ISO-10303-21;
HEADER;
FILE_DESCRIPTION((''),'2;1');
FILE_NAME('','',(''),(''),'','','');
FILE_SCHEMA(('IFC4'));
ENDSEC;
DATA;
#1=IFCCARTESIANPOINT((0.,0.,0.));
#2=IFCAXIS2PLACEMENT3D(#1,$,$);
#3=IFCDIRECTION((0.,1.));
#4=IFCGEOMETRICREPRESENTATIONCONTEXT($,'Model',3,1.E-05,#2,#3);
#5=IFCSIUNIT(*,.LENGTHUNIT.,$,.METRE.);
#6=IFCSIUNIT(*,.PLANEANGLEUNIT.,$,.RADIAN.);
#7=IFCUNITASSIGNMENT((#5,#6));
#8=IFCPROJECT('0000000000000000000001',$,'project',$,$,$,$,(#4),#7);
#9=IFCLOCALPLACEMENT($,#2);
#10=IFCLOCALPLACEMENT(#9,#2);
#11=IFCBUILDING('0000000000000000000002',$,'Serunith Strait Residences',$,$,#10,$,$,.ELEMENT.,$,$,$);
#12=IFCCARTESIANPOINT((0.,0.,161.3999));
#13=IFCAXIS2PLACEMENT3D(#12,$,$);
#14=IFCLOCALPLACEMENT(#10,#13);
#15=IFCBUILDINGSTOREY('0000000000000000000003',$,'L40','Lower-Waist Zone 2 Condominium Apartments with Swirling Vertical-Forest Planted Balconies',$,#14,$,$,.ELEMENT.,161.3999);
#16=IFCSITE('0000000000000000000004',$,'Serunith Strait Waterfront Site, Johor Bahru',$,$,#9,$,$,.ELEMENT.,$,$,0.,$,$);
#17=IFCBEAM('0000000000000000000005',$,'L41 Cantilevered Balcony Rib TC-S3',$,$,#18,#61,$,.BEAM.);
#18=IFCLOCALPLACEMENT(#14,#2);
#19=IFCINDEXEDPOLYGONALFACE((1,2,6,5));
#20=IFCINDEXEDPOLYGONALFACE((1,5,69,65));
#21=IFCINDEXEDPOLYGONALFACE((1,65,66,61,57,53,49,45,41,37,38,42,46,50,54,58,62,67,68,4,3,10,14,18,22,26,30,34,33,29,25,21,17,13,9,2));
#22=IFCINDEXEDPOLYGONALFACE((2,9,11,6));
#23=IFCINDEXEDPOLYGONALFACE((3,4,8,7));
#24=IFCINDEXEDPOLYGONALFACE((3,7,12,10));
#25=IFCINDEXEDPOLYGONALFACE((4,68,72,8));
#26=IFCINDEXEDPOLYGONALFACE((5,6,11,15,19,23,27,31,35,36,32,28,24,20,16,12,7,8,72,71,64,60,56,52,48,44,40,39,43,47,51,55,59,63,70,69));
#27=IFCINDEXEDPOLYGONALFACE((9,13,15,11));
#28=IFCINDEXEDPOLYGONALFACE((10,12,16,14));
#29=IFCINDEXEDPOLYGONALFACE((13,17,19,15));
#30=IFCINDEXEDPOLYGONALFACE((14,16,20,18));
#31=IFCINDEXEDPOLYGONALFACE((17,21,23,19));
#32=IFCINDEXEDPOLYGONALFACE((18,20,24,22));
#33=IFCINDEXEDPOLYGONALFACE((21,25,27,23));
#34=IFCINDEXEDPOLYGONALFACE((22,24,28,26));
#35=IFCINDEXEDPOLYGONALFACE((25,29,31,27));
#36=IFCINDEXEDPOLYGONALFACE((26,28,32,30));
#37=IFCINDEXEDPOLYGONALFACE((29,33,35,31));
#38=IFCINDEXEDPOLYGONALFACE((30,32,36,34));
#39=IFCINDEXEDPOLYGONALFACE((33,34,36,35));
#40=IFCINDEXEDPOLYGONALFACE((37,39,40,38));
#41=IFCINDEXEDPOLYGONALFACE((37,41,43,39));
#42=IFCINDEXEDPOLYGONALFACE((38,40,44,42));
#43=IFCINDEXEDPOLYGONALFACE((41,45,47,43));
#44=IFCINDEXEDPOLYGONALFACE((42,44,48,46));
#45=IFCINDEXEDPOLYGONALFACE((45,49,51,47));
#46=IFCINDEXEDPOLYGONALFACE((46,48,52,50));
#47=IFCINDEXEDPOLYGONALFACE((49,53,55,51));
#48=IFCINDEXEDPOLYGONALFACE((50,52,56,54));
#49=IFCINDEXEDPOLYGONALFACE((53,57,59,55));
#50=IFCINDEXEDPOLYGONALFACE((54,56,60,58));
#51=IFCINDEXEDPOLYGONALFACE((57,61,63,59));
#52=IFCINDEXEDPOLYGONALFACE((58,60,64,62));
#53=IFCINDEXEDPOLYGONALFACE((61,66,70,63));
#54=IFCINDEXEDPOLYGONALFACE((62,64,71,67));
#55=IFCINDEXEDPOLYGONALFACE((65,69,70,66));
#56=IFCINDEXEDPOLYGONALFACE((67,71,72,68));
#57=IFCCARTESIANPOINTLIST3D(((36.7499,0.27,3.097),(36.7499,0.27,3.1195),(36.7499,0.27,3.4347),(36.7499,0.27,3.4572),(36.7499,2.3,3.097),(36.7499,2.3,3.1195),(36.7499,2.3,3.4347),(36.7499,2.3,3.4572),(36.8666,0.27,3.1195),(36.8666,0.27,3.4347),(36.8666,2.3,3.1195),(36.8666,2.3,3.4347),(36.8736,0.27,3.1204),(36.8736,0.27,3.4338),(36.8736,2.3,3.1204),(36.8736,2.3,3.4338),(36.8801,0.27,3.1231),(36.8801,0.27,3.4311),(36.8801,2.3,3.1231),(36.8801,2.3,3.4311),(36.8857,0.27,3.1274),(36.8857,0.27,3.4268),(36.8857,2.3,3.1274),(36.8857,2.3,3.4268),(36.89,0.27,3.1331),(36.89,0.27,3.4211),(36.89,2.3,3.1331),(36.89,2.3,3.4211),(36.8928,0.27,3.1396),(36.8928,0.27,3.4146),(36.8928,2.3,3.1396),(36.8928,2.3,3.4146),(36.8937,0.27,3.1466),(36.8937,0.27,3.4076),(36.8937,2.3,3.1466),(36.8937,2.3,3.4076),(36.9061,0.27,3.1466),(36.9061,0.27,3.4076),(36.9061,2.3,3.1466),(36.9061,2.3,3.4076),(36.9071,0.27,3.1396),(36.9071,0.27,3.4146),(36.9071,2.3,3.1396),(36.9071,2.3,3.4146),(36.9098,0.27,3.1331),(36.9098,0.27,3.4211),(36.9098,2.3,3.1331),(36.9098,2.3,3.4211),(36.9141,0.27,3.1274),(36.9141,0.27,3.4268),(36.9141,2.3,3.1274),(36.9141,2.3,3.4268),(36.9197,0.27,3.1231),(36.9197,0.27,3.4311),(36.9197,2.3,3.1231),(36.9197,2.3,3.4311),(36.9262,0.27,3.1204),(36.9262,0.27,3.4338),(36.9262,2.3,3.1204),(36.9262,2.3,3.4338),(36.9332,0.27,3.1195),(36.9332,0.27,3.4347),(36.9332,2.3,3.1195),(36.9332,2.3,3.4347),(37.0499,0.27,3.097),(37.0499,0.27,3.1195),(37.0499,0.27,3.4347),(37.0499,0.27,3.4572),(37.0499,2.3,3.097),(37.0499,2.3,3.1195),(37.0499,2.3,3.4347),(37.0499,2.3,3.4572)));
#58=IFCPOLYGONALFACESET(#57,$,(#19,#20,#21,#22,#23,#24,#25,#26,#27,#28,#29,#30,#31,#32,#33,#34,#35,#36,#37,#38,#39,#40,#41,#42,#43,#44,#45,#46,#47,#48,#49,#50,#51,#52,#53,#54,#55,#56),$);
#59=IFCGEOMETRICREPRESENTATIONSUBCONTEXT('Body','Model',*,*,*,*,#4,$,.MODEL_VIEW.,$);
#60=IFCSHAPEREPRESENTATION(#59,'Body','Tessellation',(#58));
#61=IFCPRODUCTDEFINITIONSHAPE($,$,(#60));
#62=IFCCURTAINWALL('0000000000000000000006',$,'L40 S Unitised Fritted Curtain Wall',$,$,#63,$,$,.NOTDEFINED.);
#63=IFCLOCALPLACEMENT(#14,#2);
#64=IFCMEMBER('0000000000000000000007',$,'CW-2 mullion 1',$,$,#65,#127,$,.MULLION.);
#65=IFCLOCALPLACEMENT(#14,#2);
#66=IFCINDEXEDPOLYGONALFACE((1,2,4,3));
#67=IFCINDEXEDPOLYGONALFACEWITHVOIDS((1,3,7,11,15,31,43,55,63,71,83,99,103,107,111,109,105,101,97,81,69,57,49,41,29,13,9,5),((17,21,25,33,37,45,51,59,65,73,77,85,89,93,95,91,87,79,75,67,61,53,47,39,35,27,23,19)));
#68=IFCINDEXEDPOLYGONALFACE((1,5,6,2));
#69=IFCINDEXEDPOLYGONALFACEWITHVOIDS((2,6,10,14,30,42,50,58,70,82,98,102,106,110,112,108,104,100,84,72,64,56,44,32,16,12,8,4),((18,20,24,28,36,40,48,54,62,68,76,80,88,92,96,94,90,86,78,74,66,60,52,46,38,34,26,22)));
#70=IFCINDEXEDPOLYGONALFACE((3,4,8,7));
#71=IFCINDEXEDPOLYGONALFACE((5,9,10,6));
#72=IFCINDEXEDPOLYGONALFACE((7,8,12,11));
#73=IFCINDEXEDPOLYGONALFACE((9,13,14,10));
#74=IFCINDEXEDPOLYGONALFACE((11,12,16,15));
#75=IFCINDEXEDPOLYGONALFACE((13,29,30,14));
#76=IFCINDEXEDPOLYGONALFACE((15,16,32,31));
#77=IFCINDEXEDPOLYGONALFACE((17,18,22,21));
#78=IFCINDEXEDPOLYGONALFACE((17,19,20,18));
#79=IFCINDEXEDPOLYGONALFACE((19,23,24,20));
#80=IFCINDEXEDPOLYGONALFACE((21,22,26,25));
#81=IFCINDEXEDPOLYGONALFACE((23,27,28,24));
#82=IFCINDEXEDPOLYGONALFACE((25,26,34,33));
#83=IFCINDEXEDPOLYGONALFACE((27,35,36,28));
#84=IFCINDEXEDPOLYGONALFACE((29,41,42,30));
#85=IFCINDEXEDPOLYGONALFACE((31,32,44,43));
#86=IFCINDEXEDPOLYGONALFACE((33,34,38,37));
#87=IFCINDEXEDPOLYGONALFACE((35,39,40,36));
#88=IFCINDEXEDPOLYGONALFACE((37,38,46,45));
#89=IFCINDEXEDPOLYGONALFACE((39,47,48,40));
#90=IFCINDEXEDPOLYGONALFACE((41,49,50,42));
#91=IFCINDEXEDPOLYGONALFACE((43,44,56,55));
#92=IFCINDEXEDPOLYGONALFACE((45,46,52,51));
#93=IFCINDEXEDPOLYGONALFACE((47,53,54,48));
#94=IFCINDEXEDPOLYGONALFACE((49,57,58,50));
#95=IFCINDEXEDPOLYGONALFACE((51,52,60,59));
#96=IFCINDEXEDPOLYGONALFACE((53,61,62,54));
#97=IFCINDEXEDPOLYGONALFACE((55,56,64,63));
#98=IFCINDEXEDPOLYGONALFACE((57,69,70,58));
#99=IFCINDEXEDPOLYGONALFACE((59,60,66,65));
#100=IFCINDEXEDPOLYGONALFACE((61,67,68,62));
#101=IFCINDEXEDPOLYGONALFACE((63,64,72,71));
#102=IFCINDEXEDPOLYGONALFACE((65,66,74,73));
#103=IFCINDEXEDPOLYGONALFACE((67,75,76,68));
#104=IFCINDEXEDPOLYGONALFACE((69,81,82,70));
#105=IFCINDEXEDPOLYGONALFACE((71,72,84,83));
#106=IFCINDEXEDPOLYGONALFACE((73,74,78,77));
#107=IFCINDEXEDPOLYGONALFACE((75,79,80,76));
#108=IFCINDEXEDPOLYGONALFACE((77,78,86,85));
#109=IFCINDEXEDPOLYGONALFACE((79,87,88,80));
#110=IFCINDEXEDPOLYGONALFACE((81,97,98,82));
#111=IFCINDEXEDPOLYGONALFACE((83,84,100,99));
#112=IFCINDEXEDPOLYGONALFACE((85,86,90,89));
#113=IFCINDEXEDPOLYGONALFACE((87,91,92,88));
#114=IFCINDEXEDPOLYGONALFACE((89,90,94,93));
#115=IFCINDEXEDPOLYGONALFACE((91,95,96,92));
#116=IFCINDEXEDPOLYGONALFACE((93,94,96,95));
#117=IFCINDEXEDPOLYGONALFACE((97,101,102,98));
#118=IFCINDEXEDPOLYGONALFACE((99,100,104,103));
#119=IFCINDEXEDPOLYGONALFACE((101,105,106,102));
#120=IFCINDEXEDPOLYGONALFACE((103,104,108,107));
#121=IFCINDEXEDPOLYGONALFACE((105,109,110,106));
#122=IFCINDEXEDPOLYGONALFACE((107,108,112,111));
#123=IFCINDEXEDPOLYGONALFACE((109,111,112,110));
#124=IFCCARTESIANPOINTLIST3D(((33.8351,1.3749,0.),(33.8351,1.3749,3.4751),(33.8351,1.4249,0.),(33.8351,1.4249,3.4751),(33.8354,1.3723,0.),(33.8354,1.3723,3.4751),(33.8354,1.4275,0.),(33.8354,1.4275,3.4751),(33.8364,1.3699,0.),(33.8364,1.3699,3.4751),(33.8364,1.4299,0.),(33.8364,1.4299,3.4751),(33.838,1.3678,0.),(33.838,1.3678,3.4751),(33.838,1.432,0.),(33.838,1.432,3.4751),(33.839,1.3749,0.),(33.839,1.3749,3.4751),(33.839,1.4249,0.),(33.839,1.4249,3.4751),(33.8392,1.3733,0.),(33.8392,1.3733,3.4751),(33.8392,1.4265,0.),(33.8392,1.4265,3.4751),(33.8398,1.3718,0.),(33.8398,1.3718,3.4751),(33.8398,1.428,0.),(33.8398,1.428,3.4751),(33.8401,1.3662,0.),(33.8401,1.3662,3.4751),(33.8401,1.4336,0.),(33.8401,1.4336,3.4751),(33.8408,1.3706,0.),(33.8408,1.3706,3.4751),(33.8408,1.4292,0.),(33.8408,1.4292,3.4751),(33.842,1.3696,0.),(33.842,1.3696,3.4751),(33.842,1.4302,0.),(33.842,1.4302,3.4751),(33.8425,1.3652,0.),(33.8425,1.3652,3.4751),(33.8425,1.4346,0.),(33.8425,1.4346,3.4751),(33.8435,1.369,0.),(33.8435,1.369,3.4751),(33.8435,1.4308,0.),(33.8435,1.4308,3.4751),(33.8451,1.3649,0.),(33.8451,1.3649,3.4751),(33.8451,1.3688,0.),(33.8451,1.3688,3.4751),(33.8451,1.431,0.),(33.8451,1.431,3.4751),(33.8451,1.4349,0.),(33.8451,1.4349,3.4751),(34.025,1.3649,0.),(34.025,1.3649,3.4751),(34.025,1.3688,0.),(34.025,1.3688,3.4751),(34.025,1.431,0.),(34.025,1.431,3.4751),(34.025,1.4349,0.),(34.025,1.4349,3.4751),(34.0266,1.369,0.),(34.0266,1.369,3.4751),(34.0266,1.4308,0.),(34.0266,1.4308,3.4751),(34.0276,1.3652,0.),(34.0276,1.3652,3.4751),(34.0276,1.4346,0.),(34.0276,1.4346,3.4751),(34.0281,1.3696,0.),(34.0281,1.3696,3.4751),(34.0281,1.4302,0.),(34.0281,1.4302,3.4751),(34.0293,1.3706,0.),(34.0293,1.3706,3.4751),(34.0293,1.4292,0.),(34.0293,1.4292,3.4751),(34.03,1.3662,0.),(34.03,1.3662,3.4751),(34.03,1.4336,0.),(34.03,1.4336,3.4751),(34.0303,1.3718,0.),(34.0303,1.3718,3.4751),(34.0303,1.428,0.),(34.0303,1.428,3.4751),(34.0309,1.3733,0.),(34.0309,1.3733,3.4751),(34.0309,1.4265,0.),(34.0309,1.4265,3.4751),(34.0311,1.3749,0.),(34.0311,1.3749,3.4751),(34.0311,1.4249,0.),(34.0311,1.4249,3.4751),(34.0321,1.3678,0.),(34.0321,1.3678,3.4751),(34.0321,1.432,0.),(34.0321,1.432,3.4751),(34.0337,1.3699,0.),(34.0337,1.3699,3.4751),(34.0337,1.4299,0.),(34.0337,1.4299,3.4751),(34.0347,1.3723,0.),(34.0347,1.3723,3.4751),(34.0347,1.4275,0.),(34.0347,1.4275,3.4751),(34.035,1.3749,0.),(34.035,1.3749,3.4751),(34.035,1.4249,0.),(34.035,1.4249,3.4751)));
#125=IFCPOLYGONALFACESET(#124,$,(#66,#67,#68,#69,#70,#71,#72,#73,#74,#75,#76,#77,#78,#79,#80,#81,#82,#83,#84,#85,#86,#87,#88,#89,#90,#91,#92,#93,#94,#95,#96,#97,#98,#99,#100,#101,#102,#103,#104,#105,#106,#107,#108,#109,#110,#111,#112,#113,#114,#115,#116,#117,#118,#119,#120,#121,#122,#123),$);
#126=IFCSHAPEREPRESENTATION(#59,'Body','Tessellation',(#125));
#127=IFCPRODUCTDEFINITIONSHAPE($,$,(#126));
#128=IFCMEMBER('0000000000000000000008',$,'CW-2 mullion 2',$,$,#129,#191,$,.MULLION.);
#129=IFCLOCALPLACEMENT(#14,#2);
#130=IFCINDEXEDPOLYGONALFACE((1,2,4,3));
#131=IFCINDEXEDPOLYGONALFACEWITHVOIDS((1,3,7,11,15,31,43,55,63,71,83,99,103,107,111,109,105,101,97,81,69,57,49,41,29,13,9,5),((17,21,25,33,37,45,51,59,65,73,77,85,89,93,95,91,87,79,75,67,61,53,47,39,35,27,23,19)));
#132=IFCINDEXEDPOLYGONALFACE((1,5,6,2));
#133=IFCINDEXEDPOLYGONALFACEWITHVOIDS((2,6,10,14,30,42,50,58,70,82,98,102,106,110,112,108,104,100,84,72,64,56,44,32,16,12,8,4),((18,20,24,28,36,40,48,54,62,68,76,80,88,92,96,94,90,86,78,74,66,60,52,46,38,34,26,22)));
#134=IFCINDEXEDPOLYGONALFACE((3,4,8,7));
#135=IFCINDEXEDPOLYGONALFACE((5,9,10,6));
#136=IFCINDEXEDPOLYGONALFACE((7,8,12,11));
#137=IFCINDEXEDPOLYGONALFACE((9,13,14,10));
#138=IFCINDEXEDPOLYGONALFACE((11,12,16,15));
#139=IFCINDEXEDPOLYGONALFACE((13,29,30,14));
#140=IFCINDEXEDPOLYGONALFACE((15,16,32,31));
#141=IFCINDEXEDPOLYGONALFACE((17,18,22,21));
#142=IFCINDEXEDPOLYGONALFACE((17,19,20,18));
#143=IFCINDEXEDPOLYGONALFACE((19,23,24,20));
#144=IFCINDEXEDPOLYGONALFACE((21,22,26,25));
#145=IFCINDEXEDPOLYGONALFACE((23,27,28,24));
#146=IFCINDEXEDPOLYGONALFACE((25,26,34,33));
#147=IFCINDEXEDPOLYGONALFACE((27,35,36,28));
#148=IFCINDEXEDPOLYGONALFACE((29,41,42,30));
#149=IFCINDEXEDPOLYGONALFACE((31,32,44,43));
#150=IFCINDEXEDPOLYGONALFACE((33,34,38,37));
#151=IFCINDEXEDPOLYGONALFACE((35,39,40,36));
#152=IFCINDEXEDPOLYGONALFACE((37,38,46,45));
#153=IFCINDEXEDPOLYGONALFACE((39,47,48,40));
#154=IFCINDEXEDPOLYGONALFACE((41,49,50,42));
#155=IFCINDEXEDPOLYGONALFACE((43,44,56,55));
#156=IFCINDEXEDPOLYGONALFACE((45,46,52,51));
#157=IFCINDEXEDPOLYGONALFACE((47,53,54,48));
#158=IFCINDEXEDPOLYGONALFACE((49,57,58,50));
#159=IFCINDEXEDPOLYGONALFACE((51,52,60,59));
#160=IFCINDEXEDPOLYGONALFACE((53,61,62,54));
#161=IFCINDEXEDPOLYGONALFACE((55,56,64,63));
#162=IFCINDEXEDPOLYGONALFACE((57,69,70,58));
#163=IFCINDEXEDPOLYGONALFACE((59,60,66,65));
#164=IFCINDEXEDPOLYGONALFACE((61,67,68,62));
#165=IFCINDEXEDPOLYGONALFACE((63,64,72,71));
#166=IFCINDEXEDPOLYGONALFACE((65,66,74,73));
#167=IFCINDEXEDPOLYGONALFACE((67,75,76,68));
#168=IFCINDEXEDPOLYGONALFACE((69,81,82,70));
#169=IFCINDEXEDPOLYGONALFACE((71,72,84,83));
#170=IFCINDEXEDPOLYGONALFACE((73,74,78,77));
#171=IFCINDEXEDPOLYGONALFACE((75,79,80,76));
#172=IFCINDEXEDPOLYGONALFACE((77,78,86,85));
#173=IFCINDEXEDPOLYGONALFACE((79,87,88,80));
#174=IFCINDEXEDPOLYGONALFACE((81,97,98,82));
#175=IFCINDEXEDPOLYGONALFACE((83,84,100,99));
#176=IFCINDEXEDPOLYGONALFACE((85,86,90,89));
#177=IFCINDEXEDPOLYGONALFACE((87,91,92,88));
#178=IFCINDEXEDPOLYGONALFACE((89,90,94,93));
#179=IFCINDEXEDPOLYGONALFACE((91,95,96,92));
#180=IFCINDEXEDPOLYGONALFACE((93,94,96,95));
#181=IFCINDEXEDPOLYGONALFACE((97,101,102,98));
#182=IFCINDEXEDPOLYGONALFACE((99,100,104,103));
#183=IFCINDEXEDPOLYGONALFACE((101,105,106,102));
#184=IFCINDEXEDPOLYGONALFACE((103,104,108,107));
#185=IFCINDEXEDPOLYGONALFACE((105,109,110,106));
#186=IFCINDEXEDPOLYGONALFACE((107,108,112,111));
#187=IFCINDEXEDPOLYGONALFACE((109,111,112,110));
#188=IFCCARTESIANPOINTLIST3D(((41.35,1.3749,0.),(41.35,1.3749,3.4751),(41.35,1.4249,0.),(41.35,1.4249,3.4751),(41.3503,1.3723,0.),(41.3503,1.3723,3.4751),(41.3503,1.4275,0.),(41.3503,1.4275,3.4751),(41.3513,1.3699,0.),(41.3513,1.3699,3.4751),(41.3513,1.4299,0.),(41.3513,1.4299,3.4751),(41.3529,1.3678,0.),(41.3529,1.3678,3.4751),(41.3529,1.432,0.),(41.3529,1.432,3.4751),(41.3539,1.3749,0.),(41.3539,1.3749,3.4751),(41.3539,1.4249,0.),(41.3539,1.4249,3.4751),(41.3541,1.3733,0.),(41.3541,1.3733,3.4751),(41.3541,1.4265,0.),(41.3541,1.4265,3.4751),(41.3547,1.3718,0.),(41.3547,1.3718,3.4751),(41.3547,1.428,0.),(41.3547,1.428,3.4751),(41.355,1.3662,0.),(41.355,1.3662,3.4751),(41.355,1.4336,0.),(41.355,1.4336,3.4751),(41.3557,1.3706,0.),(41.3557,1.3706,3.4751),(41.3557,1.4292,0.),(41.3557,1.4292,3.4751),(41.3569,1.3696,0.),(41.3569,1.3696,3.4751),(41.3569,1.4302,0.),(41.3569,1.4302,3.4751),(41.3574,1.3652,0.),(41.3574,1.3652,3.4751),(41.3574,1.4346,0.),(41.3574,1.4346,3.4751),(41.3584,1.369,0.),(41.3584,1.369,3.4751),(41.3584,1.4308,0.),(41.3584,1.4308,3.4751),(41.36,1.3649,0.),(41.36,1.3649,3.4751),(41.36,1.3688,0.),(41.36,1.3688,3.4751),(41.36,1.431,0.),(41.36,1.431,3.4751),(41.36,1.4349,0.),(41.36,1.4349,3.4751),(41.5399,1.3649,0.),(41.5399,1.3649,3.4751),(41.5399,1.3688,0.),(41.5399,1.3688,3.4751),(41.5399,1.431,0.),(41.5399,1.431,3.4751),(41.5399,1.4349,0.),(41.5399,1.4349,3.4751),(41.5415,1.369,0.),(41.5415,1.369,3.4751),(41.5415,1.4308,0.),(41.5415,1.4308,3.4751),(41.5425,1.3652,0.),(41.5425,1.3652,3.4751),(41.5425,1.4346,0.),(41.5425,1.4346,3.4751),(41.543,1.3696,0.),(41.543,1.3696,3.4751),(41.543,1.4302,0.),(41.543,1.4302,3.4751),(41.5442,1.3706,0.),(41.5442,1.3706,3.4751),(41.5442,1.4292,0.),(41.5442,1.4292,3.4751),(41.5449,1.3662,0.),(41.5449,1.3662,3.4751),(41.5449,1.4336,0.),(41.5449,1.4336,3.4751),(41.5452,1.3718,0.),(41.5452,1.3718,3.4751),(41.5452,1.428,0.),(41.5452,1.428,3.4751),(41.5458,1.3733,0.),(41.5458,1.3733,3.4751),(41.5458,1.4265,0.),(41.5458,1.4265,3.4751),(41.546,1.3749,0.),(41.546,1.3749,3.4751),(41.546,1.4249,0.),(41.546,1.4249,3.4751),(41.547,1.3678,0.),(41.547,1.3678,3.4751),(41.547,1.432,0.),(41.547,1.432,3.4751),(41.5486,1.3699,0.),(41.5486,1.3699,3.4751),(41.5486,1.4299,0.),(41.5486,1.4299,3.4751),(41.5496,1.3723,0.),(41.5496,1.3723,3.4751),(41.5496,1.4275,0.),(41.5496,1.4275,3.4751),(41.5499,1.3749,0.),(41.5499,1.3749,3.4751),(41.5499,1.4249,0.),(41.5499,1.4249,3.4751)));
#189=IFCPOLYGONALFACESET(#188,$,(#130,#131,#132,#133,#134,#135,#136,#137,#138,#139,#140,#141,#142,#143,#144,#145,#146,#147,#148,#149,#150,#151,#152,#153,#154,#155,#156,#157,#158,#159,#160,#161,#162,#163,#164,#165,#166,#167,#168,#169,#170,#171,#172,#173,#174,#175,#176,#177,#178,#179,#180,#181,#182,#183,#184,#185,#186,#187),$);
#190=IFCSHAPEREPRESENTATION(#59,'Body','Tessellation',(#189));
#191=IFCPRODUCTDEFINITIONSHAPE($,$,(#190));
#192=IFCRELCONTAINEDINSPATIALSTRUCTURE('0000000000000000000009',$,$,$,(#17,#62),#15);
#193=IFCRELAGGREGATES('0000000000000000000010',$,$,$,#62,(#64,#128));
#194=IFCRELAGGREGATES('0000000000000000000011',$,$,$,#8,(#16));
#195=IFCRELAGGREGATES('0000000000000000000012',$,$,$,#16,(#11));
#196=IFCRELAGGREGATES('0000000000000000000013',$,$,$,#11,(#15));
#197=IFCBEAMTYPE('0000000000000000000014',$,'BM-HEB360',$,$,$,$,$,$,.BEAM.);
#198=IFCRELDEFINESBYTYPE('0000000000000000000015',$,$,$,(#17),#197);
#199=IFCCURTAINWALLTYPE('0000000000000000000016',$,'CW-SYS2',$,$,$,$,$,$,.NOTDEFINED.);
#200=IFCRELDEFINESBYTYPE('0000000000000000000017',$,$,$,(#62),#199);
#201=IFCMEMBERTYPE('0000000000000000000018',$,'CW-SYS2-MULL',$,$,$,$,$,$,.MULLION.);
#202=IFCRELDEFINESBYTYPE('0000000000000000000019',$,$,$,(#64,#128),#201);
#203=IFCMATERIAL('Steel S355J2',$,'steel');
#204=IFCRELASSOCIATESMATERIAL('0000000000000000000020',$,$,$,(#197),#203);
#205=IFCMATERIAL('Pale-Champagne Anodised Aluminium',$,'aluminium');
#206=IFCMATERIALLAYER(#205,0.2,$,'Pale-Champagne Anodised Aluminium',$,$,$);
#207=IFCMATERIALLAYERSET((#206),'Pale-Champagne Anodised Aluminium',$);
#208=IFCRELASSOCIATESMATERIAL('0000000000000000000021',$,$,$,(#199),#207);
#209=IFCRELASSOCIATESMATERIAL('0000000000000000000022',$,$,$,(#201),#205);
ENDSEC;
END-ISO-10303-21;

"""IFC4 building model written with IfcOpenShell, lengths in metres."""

from ifc_helpers import new_model, si_unit, direction, frame, origin, origin_2d, place, context, subcontext, project, spatial, hollow_rectangle, i_section, extrude, source, transform, mapped, material, layer, layer_set, material_profile, profile_set, type_object, element, aggregate, save


model = new_model("IFC4")

# Units and contexts
model_context = context("Model", 3, precision=1e-05, world=origin(), true_north=direction((0.0, 1.0)))
body_context = subcontext(model_context, "Body", "Model", "MODEL_VIEW")
ifc_project = project(units=[si_unit("LENGTHUNIT", "METRE"), si_unit("PLANEANGLEUNIT", "RADIAN")], contexts=[model_context])

# Site, building, storey
site_placement = place(None, origin())
site = spatial("IfcSite", under=ifc_project, at=site_placement, Name="Serunith Strait Waterfront Site, Johor Bahru", CompositionType="ELEMENT", RefElevation=0.0)
building_placement = place(site_placement, origin())
building = spatial("IfcBuilding", under=site, at=building_placement, Name="Serunith Strait Residences", CompositionType="ELEMENT")
storey_placement = place(building_placement, frame((0.0, 0.0, 161.3999)))
storey = spatial("IfcBuildingStorey", under=building, at=storey_placement, Name="L40", Description="Lower-Waist Zone 2 Condominium Apartments with Swirling Vertical-Forest Planted Balconies", CompositionType="ELEMENT", Elevation=161.3999)

# Beam
ifc_material_1 = material(Name="Steel S355J2", Category="steel")
ifc_material_profile_1 = material_profile(ifc_material_1, i_section(OverallWidth=0.3, OverallDepth=0.3601, WebThickness=0.0125, FlangeThickness=0.0225, FilletRadius=0.0271, at=origin_2d()), Name="HEB 360")
ifc_profile_set_1 = profile_set([ifc_material_profile_1], Name="Steel S355J2")
beam_type_1 = type_object("IfcBeamType", Name="BM-HEB360", PredefinedType="BEAM", material=ifc_profile_set_1)
shared_shape_1 = source(origin(), body_context, "Body", "SweptSolid", [
    extrude(i_section(OverallWidth=0.3, OverallDepth=0.3601, WebThickness=0.0125, FlangeThickness=0.0225, FilletRadius=0.0271, at=origin_2d()), origin(), (0.0, 0.0, 1.0), 2.03),
])
beam_1_placement = place(storey_placement, frame((36.8999, 2.3, 3.2771), z_axis=(0.0, -1.0, 0.0), x_axis=(1.0, 0.0, 0.0)))
element("IfcBeam", 1, at=beam_1_placement, inside=storey, type_object=beam_type_1, Name="L41 Cantilevered Balcony Rib TC-S3", PredefinedType="BEAM", context=body_context, shape_type="MappedRepresentation", body=[
    mapped(shared_shape_1, transform((0.0, 0.0, 0.0), scale=1.0)),
])

# Curtain wall, members
ifc_material_2 = material(Name="Pale-Champagne Anodised Aluminium", Category="aluminium")
ifc_layer_1 = layer(ifc_material_2, 0.2, Name="Pale-Champagne Anodised Aluminium")
ifc_layer_set_1 = layer_set([ifc_layer_1], Name="Pale-Champagne Anodised Aluminium")
curtain_wall_type = type_object("IfcCurtainWallType", Name="CW-SYS2", PredefinedType="NOTDEFINED", material=ifc_layer_set_1)
curtain_wall_placement = place(storey_placement, origin())
curtain_wall = element("IfcCurtainWall", 2, at=curtain_wall_placement, inside=storey, type_object=curtain_wall_type, Name="L40 S Unitised Fritted Curtain Wall", PredefinedType="NOTDEFINED")
ifc_material_profile_2 = material_profile(ifc_material_2, hollow_rectangle(XDim=0.0701, YDim=0.2, WallThickness=0.0039, InnerFilletRadius=0.0061, OuterFilletRadius=0.01, at=origin_2d()), Name="ALU 200x70x4")
ifc_profile_set_2 = profile_set([ifc_material_profile_2], Name="Pale-Champagne Anodised Aluminium")
member_type_1 = type_object("IfcMemberType", Name="CW-SYS2-MULL", PredefinedType="MULLION", material=ifc_profile_set_2)
shared_shape_2 = source(origin(), body_context, "Body", "SweptSolid", [
    extrude(hollow_rectangle(XDim=0.0701, YDim=0.2, WallThickness=0.0039, InnerFilletRadius=0.0061, OuterFilletRadius=0.01, at=origin_2d()), origin(), (0.0, 0.0, 1.0), 3.4751),
])
member_1_placement = place(storey_placement, frame((33.9351, 1.3999, 0.0), z_axis=(0.0, 0.0, 1.0), x_axis=(0.0, 1.0, 0.0)))
member_1 = element("IfcMember", 3, at=member_1_placement, type_object=member_type_1, Name="CW-2 mullion 1", PredefinedType="MULLION", context=body_context, shape_type="MappedRepresentation", body=[
    mapped(shared_shape_2, transform((0.0, 0.0, 0.0), scale=1.0)),
])
member_2_placement = place(storey_placement, frame((41.45, 1.3999, 0.0), z_axis=(0.0, 0.0, 1.0), x_axis=(0.0, 1.0, 0.0)))
member_2 = element("IfcMember", 4, at=member_2_placement, type_object=member_type_1, Name="CW-2 mullion 2", PredefinedType="MULLION", context=body_context, shape_type="MappedRepresentation", body=[
    mapped(shared_shape_2, transform((0.0, 0.0, 0.0), scale=1.0)),
])
aggregate(curtain_wall, [member_1, member_2])

save(model, "model.ifc")
